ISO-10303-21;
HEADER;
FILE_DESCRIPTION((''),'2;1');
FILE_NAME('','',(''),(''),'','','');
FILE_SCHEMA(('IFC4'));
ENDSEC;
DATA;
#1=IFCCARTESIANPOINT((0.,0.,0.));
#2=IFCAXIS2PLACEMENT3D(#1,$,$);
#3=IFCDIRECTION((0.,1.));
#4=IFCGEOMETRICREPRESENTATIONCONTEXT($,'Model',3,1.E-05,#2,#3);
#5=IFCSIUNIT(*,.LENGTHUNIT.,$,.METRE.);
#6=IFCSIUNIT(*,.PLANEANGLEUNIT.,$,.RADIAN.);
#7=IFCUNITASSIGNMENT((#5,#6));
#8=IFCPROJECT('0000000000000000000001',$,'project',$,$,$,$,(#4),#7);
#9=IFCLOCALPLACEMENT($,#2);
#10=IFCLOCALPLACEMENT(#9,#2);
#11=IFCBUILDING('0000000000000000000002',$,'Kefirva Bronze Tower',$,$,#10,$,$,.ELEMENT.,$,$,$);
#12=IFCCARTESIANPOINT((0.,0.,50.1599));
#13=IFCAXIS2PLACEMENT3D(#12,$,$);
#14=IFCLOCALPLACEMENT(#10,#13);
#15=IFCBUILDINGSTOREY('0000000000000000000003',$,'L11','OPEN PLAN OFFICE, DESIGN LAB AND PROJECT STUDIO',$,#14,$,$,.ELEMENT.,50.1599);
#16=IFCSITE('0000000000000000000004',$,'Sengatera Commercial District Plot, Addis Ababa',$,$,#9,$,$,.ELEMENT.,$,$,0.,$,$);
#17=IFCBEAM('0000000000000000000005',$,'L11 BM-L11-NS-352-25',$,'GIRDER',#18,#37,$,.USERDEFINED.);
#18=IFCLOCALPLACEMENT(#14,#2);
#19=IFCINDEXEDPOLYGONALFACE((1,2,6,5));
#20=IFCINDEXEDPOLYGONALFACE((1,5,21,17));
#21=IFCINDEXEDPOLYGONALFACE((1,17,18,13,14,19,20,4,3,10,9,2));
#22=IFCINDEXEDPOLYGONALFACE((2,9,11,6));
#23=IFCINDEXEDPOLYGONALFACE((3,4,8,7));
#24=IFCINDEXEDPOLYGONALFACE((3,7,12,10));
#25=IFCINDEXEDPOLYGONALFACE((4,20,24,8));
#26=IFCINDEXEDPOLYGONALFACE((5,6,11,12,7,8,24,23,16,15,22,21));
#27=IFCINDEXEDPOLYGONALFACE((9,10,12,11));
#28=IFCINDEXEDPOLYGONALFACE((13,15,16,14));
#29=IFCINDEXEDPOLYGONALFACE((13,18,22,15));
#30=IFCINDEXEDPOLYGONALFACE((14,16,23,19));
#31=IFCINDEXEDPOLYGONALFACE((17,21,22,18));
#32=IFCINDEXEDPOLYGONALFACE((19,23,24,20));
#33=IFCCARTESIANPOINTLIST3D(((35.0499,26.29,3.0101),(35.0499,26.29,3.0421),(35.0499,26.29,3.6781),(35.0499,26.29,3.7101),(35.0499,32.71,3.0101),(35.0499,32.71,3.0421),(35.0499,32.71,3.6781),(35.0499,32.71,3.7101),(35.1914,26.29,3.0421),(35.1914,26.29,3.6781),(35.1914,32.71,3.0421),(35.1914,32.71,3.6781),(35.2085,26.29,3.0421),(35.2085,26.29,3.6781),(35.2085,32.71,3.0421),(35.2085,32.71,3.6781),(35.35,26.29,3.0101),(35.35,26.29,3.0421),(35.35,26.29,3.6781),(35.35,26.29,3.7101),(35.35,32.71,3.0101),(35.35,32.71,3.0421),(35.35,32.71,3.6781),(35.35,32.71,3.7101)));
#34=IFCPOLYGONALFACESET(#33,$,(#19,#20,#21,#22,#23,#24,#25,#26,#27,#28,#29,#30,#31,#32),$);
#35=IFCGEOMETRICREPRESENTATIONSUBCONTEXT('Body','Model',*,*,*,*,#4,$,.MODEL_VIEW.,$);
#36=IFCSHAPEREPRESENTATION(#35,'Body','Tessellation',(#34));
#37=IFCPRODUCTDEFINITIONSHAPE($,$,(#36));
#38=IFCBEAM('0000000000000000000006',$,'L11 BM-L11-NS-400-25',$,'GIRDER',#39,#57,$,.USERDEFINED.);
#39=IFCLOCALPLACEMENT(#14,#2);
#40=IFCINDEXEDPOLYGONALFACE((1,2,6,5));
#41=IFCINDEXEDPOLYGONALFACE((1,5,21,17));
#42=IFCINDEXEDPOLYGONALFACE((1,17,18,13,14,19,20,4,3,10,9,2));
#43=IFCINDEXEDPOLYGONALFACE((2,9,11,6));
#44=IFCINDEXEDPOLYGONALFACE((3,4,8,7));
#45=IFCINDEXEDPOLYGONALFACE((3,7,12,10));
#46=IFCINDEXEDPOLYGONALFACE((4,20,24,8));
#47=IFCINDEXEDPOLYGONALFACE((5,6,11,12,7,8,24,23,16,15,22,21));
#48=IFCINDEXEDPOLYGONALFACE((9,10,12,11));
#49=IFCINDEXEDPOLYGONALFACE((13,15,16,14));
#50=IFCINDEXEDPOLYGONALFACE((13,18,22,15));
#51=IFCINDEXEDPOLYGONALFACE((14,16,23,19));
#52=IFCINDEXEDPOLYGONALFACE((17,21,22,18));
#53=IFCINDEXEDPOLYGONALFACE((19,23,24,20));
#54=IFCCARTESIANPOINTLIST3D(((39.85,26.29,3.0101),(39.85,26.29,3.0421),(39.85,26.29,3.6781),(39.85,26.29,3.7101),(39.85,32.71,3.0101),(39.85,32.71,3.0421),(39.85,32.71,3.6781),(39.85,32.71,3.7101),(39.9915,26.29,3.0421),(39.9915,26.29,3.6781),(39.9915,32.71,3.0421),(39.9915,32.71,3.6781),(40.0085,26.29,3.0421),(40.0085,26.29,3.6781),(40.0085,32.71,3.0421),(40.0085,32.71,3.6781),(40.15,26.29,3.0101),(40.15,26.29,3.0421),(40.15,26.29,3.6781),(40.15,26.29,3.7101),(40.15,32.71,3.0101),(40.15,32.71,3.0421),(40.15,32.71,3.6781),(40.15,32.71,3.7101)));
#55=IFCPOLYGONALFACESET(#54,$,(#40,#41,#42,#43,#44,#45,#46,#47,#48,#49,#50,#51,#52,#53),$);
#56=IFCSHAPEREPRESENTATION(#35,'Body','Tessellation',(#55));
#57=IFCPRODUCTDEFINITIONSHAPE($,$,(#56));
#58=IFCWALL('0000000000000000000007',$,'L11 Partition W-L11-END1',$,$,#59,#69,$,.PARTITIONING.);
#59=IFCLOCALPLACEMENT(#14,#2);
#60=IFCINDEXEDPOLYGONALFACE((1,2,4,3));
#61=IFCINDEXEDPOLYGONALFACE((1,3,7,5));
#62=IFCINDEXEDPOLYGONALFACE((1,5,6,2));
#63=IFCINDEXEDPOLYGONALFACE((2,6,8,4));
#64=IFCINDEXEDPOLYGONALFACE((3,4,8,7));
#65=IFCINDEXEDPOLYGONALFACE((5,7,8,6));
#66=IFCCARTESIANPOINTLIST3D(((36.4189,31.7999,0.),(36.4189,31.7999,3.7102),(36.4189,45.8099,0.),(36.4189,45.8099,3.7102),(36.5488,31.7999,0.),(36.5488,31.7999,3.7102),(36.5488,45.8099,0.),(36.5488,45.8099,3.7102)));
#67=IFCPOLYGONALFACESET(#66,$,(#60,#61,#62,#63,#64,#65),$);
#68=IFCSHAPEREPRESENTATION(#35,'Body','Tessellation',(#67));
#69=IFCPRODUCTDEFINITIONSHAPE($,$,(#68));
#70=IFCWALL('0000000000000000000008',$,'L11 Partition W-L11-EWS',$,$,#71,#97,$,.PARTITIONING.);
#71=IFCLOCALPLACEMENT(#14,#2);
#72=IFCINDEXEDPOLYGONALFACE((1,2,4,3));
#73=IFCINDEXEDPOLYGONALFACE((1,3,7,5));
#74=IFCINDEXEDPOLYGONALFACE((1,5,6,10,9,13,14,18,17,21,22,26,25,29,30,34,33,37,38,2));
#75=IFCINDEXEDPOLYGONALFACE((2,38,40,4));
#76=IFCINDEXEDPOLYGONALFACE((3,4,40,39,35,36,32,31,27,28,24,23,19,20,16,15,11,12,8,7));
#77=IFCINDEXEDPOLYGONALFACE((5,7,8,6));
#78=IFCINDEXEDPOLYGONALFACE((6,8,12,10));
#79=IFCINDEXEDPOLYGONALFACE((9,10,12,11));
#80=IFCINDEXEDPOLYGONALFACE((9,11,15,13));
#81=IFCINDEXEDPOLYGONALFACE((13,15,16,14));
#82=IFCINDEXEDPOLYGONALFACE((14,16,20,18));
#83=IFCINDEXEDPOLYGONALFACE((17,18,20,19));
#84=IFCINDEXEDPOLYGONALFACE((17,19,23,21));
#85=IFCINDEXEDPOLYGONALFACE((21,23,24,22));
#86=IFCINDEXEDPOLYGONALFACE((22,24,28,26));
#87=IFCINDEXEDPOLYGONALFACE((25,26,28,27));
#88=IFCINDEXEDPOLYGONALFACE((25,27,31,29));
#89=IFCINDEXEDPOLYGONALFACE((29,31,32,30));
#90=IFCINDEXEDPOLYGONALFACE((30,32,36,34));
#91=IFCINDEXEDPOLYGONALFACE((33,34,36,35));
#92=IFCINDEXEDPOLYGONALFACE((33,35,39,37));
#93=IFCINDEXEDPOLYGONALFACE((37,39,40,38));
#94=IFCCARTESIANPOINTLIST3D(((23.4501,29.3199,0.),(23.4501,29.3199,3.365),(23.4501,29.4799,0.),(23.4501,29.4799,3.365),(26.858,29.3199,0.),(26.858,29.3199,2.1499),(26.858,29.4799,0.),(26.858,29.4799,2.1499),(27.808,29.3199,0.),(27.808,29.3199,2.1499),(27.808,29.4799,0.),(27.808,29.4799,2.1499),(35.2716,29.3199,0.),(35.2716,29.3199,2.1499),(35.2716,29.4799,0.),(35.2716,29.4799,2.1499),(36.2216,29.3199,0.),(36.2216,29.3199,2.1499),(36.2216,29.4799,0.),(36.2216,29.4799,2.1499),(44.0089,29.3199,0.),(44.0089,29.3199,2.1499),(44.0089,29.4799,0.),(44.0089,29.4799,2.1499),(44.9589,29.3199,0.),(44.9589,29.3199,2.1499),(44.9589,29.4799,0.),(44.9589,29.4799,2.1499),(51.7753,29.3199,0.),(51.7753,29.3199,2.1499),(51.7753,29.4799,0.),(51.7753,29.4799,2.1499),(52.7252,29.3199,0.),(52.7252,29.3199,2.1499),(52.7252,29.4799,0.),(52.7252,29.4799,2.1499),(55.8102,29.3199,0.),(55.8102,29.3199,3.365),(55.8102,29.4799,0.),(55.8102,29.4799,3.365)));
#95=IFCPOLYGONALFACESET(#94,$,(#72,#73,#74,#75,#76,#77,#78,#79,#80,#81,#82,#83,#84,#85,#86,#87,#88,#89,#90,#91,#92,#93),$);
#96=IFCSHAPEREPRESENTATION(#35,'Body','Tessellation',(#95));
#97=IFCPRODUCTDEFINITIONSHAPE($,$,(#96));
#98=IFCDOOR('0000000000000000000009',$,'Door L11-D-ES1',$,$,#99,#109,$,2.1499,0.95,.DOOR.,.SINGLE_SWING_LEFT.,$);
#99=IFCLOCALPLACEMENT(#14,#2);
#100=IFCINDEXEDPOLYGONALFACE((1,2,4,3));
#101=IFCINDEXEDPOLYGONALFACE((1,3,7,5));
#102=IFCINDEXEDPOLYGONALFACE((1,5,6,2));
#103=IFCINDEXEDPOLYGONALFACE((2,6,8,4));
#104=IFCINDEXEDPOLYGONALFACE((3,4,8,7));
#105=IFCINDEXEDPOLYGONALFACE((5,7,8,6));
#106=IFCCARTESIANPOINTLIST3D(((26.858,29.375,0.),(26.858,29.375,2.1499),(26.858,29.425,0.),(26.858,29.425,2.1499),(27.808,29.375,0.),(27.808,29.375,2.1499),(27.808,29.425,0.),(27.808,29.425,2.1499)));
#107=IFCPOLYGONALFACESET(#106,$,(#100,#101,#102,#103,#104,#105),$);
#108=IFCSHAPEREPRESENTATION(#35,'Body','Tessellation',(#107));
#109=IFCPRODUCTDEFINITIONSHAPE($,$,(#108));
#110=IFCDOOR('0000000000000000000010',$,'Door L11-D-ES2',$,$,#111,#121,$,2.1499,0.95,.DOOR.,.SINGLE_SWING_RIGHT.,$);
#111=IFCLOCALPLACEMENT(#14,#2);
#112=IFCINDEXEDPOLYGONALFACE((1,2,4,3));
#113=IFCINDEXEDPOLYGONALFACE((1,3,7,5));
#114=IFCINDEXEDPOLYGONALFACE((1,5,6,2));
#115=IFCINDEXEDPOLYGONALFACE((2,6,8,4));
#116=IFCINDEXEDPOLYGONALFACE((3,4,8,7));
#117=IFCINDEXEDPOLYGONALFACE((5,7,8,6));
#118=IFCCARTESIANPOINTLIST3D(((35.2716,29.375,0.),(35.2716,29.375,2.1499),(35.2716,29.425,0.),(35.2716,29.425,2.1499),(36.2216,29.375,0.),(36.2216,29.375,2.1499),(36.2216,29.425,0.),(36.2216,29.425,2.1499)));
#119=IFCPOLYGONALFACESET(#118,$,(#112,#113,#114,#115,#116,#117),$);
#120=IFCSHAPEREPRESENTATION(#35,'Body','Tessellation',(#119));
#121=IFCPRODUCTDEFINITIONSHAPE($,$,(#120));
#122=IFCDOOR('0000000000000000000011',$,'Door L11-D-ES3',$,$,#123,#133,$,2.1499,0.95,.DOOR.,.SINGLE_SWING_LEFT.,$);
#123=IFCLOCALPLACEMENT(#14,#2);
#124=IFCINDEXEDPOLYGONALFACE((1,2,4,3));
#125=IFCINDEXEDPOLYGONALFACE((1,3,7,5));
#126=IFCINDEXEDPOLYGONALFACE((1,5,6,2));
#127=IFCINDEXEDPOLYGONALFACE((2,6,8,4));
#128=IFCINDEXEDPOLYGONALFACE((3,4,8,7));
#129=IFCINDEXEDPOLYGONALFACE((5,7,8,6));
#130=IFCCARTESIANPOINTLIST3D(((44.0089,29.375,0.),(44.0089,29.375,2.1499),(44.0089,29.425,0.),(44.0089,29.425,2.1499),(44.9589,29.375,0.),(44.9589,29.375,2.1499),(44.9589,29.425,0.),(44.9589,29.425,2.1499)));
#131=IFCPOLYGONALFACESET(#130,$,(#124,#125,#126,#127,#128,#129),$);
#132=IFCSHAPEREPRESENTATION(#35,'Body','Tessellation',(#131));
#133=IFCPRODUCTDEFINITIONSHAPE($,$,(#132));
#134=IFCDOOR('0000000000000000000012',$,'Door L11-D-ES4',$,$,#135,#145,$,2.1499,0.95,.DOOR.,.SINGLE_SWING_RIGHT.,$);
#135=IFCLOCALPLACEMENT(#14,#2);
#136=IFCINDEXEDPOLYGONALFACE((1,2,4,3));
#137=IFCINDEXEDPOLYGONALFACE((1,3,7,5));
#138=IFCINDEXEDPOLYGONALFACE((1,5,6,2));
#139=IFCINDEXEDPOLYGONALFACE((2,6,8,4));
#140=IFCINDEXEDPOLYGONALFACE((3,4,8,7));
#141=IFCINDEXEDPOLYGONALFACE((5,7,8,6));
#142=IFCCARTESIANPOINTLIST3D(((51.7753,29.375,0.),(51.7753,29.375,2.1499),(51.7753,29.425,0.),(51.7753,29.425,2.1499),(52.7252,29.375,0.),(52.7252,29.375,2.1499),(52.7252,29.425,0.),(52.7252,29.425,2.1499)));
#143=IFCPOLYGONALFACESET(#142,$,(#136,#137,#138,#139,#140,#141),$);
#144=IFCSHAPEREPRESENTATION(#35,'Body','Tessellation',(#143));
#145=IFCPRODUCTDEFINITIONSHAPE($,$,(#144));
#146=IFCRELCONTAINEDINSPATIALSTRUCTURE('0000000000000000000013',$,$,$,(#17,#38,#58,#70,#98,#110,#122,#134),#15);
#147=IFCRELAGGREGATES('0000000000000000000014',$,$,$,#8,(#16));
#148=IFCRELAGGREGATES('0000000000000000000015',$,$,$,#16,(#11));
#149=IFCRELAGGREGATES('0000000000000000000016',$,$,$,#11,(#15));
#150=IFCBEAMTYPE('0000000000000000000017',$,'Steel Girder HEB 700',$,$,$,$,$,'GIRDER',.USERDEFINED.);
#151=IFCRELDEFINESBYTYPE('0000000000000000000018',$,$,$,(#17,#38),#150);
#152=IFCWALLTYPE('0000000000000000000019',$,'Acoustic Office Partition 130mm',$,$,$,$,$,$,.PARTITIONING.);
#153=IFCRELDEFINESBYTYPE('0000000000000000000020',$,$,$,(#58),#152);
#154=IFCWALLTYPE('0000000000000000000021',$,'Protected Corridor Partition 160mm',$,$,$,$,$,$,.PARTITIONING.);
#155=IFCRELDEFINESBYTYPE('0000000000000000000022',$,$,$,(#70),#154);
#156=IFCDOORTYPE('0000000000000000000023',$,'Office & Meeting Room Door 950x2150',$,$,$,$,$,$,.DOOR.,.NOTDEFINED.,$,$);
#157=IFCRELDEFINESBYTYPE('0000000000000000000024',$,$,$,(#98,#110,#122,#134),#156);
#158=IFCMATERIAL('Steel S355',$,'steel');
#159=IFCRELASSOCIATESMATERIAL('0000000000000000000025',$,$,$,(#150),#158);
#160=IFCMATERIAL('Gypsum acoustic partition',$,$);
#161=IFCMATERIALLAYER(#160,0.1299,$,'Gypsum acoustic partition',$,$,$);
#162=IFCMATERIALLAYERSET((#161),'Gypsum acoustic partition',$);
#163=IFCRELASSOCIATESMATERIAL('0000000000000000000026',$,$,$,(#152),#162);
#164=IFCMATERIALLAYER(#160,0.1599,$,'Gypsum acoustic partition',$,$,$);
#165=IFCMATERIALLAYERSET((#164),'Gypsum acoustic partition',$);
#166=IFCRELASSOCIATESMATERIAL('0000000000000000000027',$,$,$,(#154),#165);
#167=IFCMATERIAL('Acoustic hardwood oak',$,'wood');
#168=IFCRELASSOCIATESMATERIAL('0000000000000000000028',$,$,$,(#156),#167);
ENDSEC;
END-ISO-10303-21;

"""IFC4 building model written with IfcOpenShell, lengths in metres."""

from ifc_helpers import new_model, si_unit, direction, frame, frame_2d, origin, origin_2d, place, context, subcontext, project, spatial, rectangle, i_section, extrude, material, layer, layer_set, material_profile, profile_set, type_object, element, fill, save


model = new_model("IFC4")

# Units and contexts
model_context = context("Model", 3, precision=1e-05, world=origin(), true_north=direction((0.0, 1.0)))
body_context = subcontext(model_context, "Body", "Model", "MODEL_VIEW")
ifc_project = project(units=[si_unit("LENGTHUNIT", "METRE"), si_unit("PLANEANGLEUNIT", "RADIAN")], contexts=[model_context])

# Site, building, storey
site_placement = place(None, origin())
site = spatial("IfcSite", under=ifc_project, at=site_placement, Name="Sengatera Commercial District Plot, Addis Ababa", CompositionType="ELEMENT", RefElevation=0.0)
building_placement = place(site_placement, origin())
building = spatial("IfcBuilding", under=site, at=building_placement, Name="Kefirva Bronze Tower", CompositionType="ELEMENT")
storey_placement = place(building_placement, frame((0.0, 0.0, 50.1599)))
storey = spatial("IfcBuildingStorey", under=building, at=storey_placement, Name="L11", Description="OPEN PLAN OFFICE, DESIGN LAB AND PROJECT STUDIO", CompositionType="ELEMENT", Elevation=50.1599)

# Beams
ifc_material_1 = material(Name="Steel S355", Category="steel")
ifc_material_profile_1 = material_profile(ifc_material_1, i_section(OverallWidth=0.3, OverallDepth=0.7, WebThickness=0.0171, FlangeThickness=0.032, at=origin_2d()), Name="HEB 700")
ifc_profile_set_1 = profile_set([ifc_material_profile_1], Name="Steel S355")
beam_type_1 = type_object("IfcBeamType", Name="Steel Girder HEB 700", ElementType="GIRDER", PredefinedType="USERDEFINED", material=ifc_profile_set_1)
for number, where, z_axis, x_axis, name in (
    (1, (35.2, 26.29, 3.3601), (0.0, 1.0, 0.0), (-1.0, 0.0, 0.0), "L11 BM-L11-NS-352-25"),
    (2, (40.0, 26.29, 3.3601), (0.0, 1.0, 0.0), (-1.0, 0.0, 0.0), "L11 BM-L11-NS-400-25"),
):
    element("IfcBeam", number, at=place(storey_placement, frame(where, z_axis=z_axis, x_axis=x_axis)), inside=storey, type_object=beam_type_1, Name=name, ObjectType="GIRDER", PredefinedType="USERDEFINED", context=body_context, shape_type="SweptSolid", body=[
        extrude(i_section(OverallWidth=0.3, OverallDepth=0.7, WebThickness=0.0171, FlangeThickness=0.032, at=origin_2d()), origin(), (0.0, 0.0, 1.0), 6.4199),
    ])

# Wall
ifc_material_2 = material(Name="Gypsum acoustic partition")
ifc_layer_1 = layer(ifc_material_2, 0.1299, Name="Gypsum acoustic partition")
ifc_layer_set_1 = layer_set([ifc_layer_1], Name="Gypsum acoustic partition")
wall_type_1 = type_object("IfcWallType", Name="Acoustic Office Partition 130mm", PredefinedType="PARTITIONING", material=ifc_layer_set_1)
wall_1_placement = place(storey_placement, frame((36.4839, 31.8, 0.0), z_axis=(0.0, 0.0, 1.0), x_axis=(0.0, 1.0, 0.0)))
element("IfcWall", 3, at=wall_1_placement, inside=storey, type_object=wall_type_1, Name="L11 Partition W-L11-END1", PredefinedType="PARTITIONING", context=body_context, shape_type="SweptSolid", body=[
    extrude(rectangle(XDim=14.01, YDim=0.1299, at=frame_2d((7.0049, 0.0))), origin(), (0.0, 0.0, 1.0), 3.7102),
])

# Wall, openings, doors
ifc_layer_2 = layer(ifc_material_2, 0.1599, Name="Gypsum acoustic partition")
ifc_layer_set_2 = layer_set([ifc_layer_2], Name="Gypsum acoustic partition")
wall_type_2 = type_object("IfcWallType", Name="Protected Corridor Partition 160mm", PredefinedType="PARTITIONING", material=ifc_layer_set_2)
wall_2_placement = place(storey_placement, frame((23.45, 29.3999, 0.0), z_axis=(0.0, 0.0, 1.0), x_axis=(1.0, 0.0, 0.0)))
wall_2 = element("IfcWall", 4, at=wall_2_placement, inside=storey, type_object=wall_type_2, Name="L11 Partition W-L11-EWS", PredefinedType="PARTITIONING", context=body_context, shape_type="SweptSolid", body=[
    extrude(rectangle(XDim=32.3601, YDim=0.1599, at=frame_2d((16.1802, 0.0))), origin(), (0.0, 0.0, 1.0), 3.365),
])
opening_1_placement = place(wall_2_placement, frame((4.3582, 0.0, 0.0), z_axis=(0.0, 0.0, 1.0), x_axis=(-1.0, 0.0, 0.0)))
opening_1 = element("IfcOpeningElement", 5, at=opening_1_placement, cuts=wall_2, PredefinedType="OPENING", context=body_context, shape_type="SweptSolid", body=[
    extrude(rectangle(XDim=0.95, YDim=2.1499, at=frame_2d((0.4751, 1.075))), frame((0.0, 0.0898, 0.0), z_axis=(0.0, -1.0, 0.0), x_axis=(1.0, 0.0, 0.0)), (0.0, 0.0, 1.0), 0.1799),
])
opening_2_placement = place(wall_2_placement, frame((12.7717, 0.0, 0.0), z_axis=(0.0, 0.0, 1.0), x_axis=(-1.0, 0.0, 0.0)))
opening_2 = element("IfcOpeningElement", 6, at=opening_2_placement, cuts=wall_2, PredefinedType="OPENING", context=body_context, shape_type="SweptSolid", body=[
    extrude(rectangle(XDim=0.95, YDim=2.1499, at=frame_2d((0.4751, 1.075))), frame((0.0, 0.0898, 0.0), z_axis=(0.0, -1.0, 0.0), x_axis=(1.0, 0.0, 0.0)), (0.0, 0.0, 1.0), 0.1799),
])
opening_3_placement = place(wall_2_placement, frame((21.509, 0.0, 0.0), z_axis=(0.0, 0.0, 1.0), x_axis=(-1.0, 0.0, 0.0)))
opening_3 = element("IfcOpeningElement", 7, at=opening_3_placement, cuts=wall_2, PredefinedType="OPENING", context=body_context, shape_type="SweptSolid", body=[
    extrude(rectangle(XDim=0.95, YDim=2.1499, at=frame_2d((0.4751, 1.075))), frame((0.0, 0.0898, 0.0), z_axis=(0.0, -1.0, 0.0), x_axis=(1.0, 0.0, 0.0)), (0.0, 0.0, 1.0), 0.1799),
])
opening_4_placement = place(wall_2_placement, frame((29.2754, 0.0, 0.0), z_axis=(0.0, 0.0, 1.0), x_axis=(-1.0, 0.0, 0.0)))
opening_4 = element("IfcOpeningElement", 8, at=opening_4_placement, cuts=wall_2, PredefinedType="OPENING", context=body_context, shape_type="SweptSolid", body=[
    extrude(rectangle(XDim=0.95, YDim=2.1499, at=frame_2d((0.4751, 1.075))), frame((0.0, 0.0898, 0.0), z_axis=(0.0, -1.0, 0.0), x_axis=(1.0, 0.0, 0.0)), (0.0, 0.0, 1.0), 0.1799),
])
ifc_material_3 = material(Name="Acoustic hardwood oak", Category="wood")
door_type = type_object("IfcDoorType", Name="Office & Meeting Room Door 950x2150", OperationType="NOTDEFINED", PredefinedType="DOOR", material=ifc_material_3)
door_1_placement = place(opening_1_placement, origin())
door_1 = element("IfcDoor", 9, at=door_1_placement, inside=storey, type_object=door_type, Name="Door L11-D-ES1", OperationType="SINGLE_SWING_LEFT", OverallHeight=2.1499, OverallWidth=0.95, PredefinedType="DOOR", context=body_context, shape_type="SweptSolid", body=[
    extrude(rectangle(XDim=0.95, YDim=2.1499, at=frame_2d((0.4751, 1.075))), frame((0.0, 0.0249, 0.0), z_axis=(0.0, -1.0, 0.0), x_axis=(1.0, 0.0, 0.0)), (0.0, 0.0, 1.0), 0.05),
])
fill(opening_1, door_1)
door_2_placement = place(opening_2_placement, origin())
door_2 = element("IfcDoor", 10, at=door_2_placement, inside=storey, type_object=door_type, Name="Door L11-D-ES2", OperationType="SINGLE_SWING_RIGHT", OverallHeight=2.1499, OverallWidth=0.95, PredefinedType="DOOR", context=body_context, shape_type="SweptSolid", body=[
    extrude(rectangle(XDim=0.95, YDim=2.1499, at=frame_2d((0.4751, 1.075))), frame((0.0, 0.0249, 0.0), z_axis=(0.0, -1.0, 0.0), x_axis=(1.0, 0.0, 0.0)), (0.0, 0.0, 1.0), 0.05),
])
fill(opening_2, door_2)
door_3_placement = place(opening_3_placement, origin())
door_3 = element("IfcDoor", 11, at=door_3_placement, inside=storey, type_object=door_type, Name="Door L11-D-ES3", OperationType="SINGLE_SWING_LEFT", OverallHeight=2.1499, OverallWidth=0.95, PredefinedType="DOOR", context=body_context, shape_type="SweptSolid", body=[
    extrude(rectangle(XDim=0.95, YDim=2.1499, at=frame_2d((0.4751, 1.075))), frame((0.0, 0.0249, 0.0), z_axis=(0.0, -1.0, 0.0), x_axis=(1.0, 0.0, 0.0)), (0.0, 0.0, 1.0), 0.05),
])
fill(opening_3, door_3)
door_4_placement = place(opening_4_placement, origin())
door_4 = element("IfcDoor", 12, at=door_4_placement, inside=storey, type_object=door_type, Name="Door L11-D-ES4", OperationType="SINGLE_SWING_RIGHT", OverallHeight=2.1499, OverallWidth=0.95, PredefinedType="DOOR", context=body_context, shape_type="SweptSolid", body=[
    extrude(rectangle(XDim=0.95, YDim=2.1499, at=frame_2d((0.4751, 1.075))), frame((0.0, 0.0249, 0.0), z_axis=(0.0, -1.0, 0.0), x_axis=(1.0, 0.0, 0.0)), (0.0, 0.0, 1.0), 0.05),
])
fill(opening_4, door_4)

save(model, "model.ifc")
